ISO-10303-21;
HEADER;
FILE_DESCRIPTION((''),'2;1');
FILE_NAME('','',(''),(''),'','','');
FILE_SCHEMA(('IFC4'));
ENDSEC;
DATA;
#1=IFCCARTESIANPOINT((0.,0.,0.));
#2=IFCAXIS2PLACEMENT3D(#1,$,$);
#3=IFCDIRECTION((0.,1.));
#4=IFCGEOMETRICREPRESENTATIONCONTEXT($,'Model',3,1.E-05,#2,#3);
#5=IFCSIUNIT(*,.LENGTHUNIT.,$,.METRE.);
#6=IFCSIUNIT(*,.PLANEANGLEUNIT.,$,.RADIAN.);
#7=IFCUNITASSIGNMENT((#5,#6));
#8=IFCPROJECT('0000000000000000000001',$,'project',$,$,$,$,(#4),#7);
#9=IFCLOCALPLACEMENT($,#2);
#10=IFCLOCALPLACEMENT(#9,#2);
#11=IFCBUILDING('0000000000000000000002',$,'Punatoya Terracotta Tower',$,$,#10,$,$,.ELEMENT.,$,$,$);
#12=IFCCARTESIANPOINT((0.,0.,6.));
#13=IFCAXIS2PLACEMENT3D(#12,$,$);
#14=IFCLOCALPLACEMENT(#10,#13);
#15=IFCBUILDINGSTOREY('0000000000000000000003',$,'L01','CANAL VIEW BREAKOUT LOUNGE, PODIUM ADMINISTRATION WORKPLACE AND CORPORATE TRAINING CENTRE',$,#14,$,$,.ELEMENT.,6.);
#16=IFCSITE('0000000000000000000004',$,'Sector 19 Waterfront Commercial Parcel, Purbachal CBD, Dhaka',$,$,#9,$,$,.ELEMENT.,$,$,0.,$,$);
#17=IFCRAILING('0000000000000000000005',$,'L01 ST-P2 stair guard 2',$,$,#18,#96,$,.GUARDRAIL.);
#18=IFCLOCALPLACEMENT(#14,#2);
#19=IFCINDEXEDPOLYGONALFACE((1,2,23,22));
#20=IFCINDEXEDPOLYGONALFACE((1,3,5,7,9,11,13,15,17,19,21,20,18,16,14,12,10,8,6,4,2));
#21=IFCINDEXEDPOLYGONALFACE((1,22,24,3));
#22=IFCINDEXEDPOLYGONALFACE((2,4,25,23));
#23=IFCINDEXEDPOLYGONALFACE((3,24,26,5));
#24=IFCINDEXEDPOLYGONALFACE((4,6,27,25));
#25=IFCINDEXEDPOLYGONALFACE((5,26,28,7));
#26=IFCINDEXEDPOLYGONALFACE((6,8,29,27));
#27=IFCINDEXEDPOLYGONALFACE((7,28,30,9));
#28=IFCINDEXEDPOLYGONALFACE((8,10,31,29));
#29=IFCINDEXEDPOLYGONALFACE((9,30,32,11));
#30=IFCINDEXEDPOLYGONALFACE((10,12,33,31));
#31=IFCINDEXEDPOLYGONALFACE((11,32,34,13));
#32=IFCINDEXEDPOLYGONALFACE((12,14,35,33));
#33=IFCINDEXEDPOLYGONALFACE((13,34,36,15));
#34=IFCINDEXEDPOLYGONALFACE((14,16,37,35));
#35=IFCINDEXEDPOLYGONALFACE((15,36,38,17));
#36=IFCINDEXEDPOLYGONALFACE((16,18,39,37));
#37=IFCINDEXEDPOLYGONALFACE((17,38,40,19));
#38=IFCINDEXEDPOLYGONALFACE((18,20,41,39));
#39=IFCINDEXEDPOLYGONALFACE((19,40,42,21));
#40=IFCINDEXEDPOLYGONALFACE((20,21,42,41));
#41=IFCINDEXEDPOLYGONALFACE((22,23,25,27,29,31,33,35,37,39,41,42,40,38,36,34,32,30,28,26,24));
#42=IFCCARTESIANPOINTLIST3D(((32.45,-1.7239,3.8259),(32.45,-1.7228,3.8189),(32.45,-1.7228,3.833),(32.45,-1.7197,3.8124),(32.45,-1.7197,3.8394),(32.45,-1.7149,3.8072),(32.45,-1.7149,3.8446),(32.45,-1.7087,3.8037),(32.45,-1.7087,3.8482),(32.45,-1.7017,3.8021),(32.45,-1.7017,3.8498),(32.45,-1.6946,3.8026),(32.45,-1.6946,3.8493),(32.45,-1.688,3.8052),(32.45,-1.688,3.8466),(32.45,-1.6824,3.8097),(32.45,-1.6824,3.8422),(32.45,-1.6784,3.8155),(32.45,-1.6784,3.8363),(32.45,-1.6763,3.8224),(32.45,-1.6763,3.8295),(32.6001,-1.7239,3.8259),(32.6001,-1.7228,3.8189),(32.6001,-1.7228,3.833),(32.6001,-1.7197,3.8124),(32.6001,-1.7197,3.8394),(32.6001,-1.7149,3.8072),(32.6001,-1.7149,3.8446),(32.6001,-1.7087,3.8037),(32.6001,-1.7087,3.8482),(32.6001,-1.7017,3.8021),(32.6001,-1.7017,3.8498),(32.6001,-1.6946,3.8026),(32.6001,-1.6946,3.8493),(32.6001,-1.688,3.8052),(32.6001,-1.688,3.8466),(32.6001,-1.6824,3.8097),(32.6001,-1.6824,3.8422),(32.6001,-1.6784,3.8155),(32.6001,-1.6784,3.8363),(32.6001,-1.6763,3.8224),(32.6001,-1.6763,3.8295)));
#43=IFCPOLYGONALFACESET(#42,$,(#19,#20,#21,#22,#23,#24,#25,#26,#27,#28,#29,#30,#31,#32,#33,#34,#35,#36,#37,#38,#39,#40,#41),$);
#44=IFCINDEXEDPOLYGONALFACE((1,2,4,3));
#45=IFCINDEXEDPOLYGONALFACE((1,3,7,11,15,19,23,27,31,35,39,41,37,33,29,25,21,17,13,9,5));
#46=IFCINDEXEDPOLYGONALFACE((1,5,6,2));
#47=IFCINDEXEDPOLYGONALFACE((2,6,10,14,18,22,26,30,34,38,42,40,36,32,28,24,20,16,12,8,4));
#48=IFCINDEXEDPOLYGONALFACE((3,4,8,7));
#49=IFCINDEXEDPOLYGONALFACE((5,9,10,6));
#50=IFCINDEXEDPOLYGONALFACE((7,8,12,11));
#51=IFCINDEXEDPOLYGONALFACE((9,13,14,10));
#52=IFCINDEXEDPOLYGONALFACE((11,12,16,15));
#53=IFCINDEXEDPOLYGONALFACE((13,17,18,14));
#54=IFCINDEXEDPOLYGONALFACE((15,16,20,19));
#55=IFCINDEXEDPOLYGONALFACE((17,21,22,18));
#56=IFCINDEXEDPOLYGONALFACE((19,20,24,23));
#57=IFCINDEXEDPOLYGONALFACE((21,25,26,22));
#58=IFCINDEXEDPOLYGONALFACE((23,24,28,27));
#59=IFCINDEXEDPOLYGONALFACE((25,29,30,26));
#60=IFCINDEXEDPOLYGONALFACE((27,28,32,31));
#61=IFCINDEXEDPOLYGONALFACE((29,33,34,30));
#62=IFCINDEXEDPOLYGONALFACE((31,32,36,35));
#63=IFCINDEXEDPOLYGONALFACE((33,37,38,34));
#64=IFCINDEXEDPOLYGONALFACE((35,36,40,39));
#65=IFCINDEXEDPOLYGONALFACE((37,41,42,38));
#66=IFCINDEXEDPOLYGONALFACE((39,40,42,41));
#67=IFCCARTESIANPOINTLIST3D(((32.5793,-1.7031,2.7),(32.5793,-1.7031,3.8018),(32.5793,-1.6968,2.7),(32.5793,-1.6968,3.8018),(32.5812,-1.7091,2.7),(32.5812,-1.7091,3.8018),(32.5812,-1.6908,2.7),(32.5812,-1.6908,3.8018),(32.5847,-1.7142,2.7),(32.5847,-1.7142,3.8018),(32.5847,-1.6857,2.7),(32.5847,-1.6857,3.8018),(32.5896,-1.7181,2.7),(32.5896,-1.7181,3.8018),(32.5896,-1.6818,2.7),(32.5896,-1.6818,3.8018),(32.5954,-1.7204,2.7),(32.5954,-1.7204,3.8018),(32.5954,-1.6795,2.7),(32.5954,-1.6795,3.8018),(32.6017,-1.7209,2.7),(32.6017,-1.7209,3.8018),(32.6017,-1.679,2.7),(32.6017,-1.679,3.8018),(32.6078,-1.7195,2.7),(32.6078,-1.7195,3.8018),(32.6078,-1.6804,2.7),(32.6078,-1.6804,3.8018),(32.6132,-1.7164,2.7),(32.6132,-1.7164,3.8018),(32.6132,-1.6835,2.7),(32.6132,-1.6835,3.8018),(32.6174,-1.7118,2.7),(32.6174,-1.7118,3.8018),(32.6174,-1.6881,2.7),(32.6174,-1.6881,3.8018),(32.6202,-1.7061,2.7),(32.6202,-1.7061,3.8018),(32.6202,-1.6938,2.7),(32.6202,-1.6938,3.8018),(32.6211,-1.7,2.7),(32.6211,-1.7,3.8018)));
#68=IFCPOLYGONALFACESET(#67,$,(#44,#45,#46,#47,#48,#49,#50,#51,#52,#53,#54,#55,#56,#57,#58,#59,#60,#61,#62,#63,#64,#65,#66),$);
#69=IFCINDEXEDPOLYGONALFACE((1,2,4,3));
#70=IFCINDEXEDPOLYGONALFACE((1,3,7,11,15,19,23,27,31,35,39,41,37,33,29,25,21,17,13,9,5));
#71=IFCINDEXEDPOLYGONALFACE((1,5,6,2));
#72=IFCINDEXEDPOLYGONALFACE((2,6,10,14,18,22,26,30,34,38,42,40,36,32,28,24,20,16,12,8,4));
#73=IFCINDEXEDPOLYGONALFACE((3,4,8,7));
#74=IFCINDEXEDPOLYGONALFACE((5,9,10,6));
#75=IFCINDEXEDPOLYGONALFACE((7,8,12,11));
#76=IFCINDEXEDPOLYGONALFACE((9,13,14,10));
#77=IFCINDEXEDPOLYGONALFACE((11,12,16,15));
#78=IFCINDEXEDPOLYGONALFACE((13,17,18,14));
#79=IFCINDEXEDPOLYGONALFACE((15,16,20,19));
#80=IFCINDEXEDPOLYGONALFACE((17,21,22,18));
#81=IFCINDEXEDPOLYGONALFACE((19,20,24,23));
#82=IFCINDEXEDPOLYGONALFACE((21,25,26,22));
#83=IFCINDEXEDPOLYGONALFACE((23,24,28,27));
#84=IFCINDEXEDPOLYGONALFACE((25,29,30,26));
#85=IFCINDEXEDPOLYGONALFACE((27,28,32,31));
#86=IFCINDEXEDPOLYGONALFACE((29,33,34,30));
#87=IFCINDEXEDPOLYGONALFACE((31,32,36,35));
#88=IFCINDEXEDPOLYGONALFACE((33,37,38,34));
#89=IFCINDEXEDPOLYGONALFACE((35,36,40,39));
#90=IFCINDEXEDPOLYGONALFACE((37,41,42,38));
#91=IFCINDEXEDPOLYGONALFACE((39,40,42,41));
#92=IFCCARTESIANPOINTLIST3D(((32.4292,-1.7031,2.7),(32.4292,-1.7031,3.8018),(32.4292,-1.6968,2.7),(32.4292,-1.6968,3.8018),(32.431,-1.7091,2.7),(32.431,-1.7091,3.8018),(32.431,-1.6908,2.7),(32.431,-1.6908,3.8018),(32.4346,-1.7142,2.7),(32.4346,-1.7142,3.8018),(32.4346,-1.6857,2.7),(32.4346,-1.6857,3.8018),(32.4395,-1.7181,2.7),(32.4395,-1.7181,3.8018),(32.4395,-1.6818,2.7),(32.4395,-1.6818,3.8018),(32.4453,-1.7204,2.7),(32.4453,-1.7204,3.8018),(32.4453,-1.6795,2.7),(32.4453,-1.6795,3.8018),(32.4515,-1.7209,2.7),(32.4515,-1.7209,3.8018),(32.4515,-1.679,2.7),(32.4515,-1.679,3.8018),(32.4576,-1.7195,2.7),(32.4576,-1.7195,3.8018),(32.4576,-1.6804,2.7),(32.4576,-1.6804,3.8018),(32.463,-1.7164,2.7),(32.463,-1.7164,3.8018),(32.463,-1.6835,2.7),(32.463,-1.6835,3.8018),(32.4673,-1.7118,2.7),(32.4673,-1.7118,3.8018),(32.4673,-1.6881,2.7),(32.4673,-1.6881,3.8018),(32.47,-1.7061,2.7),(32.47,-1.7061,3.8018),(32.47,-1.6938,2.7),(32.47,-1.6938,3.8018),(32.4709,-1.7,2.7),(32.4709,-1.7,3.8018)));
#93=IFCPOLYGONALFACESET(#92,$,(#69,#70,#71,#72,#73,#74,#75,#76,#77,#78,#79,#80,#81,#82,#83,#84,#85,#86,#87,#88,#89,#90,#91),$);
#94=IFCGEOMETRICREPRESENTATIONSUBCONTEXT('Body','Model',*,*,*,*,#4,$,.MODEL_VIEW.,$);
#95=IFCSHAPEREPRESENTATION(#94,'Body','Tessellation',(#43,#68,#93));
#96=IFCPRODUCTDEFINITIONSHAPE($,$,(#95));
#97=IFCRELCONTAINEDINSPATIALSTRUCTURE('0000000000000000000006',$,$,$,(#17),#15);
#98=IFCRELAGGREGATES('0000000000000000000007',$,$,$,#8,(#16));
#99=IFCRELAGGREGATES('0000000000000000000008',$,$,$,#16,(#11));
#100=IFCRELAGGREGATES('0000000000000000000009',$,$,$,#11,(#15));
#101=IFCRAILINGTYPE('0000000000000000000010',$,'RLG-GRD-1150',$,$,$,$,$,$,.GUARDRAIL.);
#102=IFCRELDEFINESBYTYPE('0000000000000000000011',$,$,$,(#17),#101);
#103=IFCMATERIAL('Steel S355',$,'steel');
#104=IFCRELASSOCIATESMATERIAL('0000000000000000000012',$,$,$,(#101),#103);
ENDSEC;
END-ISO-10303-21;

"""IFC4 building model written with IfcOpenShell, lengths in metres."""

from ifc_helpers import new_model, si_unit, direction, frame, origin, origin_2d, place, context, subcontext, project, spatial, circle, extrude, material, type_object, element, save


model = new_model("IFC4")

# Units and contexts
model_context = context("Model", 3, precision=1e-05, world=origin(), true_north=direction((0.0, 1.0)))
body_context = subcontext(model_context, "Body", "Model", "MODEL_VIEW")
ifc_project = project(units=[si_unit("LENGTHUNIT", "METRE"), si_unit("PLANEANGLEUNIT", "RADIAN")], contexts=[model_context])

# Site, building, storey
site_placement = place(None, origin())
site = spatial("IfcSite", under=ifc_project, at=site_placement, Name="Sector 19 Waterfront Commercial Parcel, Purbachal CBD, Dhaka", CompositionType="ELEMENT", RefElevation=0.0)
building_placement = place(site_placement, origin())
building = spatial("IfcBuilding", under=site, at=building_placement, Name="Punatoya Terracotta Tower", CompositionType="ELEMENT")
storey_placement = place(building_placement, frame((0.0, 0.0, 6.0)))
storey = spatial("IfcBuildingStorey", under=building, at=storey_placement, Name="L01", Description="CANAL VIEW BREAKOUT LOUNGE, PODIUM ADMINISTRATION WORKPLACE AND CORPORATE TRAINING CENTRE", CompositionType="ELEMENT", Elevation=6.0)

# Shared definitions
ifc_material_1 = material(Name="Steel S355", Category="steel")

# Railing
railing_type_1 = type_object("IfcRailingType", Name="RLG-GRD-1150", PredefinedType="GUARDRAIL", material=ifc_material_1)
railing_1_placement = place(storey_placement, frame((32.6001, -1.7, 2.7)))
element("IfcRailing", 1, at=railing_1_placement, inside=storey, type_object=railing_type_1, Name="L01 ST-P2 stair guard 2", PredefinedType="GUARDRAIL", context=body_context, shape_type="SweptSolid", body=[
    extrude(circle(Radius=0.0239, at=origin_2d()), frame((0.0, 0.0, 1.126), z_axis=(-1.0, 0.0, 0.0), x_axis=(0.0, -1.0, 0.0)), (0.0, 0.0, 1.0), 0.1501),
    extrude(circle(Radius=0.021, at=origin_2d()), origin(), (0.0, 0.0, 1.0), 1.1018),
    extrude(circle(Radius=0.021, at=origin_2d()), frame((-0.1501, 0.0, 0.0)), (0.0, 0.0, 1.0), 1.1018),
])

save(model, "model.ifc")
